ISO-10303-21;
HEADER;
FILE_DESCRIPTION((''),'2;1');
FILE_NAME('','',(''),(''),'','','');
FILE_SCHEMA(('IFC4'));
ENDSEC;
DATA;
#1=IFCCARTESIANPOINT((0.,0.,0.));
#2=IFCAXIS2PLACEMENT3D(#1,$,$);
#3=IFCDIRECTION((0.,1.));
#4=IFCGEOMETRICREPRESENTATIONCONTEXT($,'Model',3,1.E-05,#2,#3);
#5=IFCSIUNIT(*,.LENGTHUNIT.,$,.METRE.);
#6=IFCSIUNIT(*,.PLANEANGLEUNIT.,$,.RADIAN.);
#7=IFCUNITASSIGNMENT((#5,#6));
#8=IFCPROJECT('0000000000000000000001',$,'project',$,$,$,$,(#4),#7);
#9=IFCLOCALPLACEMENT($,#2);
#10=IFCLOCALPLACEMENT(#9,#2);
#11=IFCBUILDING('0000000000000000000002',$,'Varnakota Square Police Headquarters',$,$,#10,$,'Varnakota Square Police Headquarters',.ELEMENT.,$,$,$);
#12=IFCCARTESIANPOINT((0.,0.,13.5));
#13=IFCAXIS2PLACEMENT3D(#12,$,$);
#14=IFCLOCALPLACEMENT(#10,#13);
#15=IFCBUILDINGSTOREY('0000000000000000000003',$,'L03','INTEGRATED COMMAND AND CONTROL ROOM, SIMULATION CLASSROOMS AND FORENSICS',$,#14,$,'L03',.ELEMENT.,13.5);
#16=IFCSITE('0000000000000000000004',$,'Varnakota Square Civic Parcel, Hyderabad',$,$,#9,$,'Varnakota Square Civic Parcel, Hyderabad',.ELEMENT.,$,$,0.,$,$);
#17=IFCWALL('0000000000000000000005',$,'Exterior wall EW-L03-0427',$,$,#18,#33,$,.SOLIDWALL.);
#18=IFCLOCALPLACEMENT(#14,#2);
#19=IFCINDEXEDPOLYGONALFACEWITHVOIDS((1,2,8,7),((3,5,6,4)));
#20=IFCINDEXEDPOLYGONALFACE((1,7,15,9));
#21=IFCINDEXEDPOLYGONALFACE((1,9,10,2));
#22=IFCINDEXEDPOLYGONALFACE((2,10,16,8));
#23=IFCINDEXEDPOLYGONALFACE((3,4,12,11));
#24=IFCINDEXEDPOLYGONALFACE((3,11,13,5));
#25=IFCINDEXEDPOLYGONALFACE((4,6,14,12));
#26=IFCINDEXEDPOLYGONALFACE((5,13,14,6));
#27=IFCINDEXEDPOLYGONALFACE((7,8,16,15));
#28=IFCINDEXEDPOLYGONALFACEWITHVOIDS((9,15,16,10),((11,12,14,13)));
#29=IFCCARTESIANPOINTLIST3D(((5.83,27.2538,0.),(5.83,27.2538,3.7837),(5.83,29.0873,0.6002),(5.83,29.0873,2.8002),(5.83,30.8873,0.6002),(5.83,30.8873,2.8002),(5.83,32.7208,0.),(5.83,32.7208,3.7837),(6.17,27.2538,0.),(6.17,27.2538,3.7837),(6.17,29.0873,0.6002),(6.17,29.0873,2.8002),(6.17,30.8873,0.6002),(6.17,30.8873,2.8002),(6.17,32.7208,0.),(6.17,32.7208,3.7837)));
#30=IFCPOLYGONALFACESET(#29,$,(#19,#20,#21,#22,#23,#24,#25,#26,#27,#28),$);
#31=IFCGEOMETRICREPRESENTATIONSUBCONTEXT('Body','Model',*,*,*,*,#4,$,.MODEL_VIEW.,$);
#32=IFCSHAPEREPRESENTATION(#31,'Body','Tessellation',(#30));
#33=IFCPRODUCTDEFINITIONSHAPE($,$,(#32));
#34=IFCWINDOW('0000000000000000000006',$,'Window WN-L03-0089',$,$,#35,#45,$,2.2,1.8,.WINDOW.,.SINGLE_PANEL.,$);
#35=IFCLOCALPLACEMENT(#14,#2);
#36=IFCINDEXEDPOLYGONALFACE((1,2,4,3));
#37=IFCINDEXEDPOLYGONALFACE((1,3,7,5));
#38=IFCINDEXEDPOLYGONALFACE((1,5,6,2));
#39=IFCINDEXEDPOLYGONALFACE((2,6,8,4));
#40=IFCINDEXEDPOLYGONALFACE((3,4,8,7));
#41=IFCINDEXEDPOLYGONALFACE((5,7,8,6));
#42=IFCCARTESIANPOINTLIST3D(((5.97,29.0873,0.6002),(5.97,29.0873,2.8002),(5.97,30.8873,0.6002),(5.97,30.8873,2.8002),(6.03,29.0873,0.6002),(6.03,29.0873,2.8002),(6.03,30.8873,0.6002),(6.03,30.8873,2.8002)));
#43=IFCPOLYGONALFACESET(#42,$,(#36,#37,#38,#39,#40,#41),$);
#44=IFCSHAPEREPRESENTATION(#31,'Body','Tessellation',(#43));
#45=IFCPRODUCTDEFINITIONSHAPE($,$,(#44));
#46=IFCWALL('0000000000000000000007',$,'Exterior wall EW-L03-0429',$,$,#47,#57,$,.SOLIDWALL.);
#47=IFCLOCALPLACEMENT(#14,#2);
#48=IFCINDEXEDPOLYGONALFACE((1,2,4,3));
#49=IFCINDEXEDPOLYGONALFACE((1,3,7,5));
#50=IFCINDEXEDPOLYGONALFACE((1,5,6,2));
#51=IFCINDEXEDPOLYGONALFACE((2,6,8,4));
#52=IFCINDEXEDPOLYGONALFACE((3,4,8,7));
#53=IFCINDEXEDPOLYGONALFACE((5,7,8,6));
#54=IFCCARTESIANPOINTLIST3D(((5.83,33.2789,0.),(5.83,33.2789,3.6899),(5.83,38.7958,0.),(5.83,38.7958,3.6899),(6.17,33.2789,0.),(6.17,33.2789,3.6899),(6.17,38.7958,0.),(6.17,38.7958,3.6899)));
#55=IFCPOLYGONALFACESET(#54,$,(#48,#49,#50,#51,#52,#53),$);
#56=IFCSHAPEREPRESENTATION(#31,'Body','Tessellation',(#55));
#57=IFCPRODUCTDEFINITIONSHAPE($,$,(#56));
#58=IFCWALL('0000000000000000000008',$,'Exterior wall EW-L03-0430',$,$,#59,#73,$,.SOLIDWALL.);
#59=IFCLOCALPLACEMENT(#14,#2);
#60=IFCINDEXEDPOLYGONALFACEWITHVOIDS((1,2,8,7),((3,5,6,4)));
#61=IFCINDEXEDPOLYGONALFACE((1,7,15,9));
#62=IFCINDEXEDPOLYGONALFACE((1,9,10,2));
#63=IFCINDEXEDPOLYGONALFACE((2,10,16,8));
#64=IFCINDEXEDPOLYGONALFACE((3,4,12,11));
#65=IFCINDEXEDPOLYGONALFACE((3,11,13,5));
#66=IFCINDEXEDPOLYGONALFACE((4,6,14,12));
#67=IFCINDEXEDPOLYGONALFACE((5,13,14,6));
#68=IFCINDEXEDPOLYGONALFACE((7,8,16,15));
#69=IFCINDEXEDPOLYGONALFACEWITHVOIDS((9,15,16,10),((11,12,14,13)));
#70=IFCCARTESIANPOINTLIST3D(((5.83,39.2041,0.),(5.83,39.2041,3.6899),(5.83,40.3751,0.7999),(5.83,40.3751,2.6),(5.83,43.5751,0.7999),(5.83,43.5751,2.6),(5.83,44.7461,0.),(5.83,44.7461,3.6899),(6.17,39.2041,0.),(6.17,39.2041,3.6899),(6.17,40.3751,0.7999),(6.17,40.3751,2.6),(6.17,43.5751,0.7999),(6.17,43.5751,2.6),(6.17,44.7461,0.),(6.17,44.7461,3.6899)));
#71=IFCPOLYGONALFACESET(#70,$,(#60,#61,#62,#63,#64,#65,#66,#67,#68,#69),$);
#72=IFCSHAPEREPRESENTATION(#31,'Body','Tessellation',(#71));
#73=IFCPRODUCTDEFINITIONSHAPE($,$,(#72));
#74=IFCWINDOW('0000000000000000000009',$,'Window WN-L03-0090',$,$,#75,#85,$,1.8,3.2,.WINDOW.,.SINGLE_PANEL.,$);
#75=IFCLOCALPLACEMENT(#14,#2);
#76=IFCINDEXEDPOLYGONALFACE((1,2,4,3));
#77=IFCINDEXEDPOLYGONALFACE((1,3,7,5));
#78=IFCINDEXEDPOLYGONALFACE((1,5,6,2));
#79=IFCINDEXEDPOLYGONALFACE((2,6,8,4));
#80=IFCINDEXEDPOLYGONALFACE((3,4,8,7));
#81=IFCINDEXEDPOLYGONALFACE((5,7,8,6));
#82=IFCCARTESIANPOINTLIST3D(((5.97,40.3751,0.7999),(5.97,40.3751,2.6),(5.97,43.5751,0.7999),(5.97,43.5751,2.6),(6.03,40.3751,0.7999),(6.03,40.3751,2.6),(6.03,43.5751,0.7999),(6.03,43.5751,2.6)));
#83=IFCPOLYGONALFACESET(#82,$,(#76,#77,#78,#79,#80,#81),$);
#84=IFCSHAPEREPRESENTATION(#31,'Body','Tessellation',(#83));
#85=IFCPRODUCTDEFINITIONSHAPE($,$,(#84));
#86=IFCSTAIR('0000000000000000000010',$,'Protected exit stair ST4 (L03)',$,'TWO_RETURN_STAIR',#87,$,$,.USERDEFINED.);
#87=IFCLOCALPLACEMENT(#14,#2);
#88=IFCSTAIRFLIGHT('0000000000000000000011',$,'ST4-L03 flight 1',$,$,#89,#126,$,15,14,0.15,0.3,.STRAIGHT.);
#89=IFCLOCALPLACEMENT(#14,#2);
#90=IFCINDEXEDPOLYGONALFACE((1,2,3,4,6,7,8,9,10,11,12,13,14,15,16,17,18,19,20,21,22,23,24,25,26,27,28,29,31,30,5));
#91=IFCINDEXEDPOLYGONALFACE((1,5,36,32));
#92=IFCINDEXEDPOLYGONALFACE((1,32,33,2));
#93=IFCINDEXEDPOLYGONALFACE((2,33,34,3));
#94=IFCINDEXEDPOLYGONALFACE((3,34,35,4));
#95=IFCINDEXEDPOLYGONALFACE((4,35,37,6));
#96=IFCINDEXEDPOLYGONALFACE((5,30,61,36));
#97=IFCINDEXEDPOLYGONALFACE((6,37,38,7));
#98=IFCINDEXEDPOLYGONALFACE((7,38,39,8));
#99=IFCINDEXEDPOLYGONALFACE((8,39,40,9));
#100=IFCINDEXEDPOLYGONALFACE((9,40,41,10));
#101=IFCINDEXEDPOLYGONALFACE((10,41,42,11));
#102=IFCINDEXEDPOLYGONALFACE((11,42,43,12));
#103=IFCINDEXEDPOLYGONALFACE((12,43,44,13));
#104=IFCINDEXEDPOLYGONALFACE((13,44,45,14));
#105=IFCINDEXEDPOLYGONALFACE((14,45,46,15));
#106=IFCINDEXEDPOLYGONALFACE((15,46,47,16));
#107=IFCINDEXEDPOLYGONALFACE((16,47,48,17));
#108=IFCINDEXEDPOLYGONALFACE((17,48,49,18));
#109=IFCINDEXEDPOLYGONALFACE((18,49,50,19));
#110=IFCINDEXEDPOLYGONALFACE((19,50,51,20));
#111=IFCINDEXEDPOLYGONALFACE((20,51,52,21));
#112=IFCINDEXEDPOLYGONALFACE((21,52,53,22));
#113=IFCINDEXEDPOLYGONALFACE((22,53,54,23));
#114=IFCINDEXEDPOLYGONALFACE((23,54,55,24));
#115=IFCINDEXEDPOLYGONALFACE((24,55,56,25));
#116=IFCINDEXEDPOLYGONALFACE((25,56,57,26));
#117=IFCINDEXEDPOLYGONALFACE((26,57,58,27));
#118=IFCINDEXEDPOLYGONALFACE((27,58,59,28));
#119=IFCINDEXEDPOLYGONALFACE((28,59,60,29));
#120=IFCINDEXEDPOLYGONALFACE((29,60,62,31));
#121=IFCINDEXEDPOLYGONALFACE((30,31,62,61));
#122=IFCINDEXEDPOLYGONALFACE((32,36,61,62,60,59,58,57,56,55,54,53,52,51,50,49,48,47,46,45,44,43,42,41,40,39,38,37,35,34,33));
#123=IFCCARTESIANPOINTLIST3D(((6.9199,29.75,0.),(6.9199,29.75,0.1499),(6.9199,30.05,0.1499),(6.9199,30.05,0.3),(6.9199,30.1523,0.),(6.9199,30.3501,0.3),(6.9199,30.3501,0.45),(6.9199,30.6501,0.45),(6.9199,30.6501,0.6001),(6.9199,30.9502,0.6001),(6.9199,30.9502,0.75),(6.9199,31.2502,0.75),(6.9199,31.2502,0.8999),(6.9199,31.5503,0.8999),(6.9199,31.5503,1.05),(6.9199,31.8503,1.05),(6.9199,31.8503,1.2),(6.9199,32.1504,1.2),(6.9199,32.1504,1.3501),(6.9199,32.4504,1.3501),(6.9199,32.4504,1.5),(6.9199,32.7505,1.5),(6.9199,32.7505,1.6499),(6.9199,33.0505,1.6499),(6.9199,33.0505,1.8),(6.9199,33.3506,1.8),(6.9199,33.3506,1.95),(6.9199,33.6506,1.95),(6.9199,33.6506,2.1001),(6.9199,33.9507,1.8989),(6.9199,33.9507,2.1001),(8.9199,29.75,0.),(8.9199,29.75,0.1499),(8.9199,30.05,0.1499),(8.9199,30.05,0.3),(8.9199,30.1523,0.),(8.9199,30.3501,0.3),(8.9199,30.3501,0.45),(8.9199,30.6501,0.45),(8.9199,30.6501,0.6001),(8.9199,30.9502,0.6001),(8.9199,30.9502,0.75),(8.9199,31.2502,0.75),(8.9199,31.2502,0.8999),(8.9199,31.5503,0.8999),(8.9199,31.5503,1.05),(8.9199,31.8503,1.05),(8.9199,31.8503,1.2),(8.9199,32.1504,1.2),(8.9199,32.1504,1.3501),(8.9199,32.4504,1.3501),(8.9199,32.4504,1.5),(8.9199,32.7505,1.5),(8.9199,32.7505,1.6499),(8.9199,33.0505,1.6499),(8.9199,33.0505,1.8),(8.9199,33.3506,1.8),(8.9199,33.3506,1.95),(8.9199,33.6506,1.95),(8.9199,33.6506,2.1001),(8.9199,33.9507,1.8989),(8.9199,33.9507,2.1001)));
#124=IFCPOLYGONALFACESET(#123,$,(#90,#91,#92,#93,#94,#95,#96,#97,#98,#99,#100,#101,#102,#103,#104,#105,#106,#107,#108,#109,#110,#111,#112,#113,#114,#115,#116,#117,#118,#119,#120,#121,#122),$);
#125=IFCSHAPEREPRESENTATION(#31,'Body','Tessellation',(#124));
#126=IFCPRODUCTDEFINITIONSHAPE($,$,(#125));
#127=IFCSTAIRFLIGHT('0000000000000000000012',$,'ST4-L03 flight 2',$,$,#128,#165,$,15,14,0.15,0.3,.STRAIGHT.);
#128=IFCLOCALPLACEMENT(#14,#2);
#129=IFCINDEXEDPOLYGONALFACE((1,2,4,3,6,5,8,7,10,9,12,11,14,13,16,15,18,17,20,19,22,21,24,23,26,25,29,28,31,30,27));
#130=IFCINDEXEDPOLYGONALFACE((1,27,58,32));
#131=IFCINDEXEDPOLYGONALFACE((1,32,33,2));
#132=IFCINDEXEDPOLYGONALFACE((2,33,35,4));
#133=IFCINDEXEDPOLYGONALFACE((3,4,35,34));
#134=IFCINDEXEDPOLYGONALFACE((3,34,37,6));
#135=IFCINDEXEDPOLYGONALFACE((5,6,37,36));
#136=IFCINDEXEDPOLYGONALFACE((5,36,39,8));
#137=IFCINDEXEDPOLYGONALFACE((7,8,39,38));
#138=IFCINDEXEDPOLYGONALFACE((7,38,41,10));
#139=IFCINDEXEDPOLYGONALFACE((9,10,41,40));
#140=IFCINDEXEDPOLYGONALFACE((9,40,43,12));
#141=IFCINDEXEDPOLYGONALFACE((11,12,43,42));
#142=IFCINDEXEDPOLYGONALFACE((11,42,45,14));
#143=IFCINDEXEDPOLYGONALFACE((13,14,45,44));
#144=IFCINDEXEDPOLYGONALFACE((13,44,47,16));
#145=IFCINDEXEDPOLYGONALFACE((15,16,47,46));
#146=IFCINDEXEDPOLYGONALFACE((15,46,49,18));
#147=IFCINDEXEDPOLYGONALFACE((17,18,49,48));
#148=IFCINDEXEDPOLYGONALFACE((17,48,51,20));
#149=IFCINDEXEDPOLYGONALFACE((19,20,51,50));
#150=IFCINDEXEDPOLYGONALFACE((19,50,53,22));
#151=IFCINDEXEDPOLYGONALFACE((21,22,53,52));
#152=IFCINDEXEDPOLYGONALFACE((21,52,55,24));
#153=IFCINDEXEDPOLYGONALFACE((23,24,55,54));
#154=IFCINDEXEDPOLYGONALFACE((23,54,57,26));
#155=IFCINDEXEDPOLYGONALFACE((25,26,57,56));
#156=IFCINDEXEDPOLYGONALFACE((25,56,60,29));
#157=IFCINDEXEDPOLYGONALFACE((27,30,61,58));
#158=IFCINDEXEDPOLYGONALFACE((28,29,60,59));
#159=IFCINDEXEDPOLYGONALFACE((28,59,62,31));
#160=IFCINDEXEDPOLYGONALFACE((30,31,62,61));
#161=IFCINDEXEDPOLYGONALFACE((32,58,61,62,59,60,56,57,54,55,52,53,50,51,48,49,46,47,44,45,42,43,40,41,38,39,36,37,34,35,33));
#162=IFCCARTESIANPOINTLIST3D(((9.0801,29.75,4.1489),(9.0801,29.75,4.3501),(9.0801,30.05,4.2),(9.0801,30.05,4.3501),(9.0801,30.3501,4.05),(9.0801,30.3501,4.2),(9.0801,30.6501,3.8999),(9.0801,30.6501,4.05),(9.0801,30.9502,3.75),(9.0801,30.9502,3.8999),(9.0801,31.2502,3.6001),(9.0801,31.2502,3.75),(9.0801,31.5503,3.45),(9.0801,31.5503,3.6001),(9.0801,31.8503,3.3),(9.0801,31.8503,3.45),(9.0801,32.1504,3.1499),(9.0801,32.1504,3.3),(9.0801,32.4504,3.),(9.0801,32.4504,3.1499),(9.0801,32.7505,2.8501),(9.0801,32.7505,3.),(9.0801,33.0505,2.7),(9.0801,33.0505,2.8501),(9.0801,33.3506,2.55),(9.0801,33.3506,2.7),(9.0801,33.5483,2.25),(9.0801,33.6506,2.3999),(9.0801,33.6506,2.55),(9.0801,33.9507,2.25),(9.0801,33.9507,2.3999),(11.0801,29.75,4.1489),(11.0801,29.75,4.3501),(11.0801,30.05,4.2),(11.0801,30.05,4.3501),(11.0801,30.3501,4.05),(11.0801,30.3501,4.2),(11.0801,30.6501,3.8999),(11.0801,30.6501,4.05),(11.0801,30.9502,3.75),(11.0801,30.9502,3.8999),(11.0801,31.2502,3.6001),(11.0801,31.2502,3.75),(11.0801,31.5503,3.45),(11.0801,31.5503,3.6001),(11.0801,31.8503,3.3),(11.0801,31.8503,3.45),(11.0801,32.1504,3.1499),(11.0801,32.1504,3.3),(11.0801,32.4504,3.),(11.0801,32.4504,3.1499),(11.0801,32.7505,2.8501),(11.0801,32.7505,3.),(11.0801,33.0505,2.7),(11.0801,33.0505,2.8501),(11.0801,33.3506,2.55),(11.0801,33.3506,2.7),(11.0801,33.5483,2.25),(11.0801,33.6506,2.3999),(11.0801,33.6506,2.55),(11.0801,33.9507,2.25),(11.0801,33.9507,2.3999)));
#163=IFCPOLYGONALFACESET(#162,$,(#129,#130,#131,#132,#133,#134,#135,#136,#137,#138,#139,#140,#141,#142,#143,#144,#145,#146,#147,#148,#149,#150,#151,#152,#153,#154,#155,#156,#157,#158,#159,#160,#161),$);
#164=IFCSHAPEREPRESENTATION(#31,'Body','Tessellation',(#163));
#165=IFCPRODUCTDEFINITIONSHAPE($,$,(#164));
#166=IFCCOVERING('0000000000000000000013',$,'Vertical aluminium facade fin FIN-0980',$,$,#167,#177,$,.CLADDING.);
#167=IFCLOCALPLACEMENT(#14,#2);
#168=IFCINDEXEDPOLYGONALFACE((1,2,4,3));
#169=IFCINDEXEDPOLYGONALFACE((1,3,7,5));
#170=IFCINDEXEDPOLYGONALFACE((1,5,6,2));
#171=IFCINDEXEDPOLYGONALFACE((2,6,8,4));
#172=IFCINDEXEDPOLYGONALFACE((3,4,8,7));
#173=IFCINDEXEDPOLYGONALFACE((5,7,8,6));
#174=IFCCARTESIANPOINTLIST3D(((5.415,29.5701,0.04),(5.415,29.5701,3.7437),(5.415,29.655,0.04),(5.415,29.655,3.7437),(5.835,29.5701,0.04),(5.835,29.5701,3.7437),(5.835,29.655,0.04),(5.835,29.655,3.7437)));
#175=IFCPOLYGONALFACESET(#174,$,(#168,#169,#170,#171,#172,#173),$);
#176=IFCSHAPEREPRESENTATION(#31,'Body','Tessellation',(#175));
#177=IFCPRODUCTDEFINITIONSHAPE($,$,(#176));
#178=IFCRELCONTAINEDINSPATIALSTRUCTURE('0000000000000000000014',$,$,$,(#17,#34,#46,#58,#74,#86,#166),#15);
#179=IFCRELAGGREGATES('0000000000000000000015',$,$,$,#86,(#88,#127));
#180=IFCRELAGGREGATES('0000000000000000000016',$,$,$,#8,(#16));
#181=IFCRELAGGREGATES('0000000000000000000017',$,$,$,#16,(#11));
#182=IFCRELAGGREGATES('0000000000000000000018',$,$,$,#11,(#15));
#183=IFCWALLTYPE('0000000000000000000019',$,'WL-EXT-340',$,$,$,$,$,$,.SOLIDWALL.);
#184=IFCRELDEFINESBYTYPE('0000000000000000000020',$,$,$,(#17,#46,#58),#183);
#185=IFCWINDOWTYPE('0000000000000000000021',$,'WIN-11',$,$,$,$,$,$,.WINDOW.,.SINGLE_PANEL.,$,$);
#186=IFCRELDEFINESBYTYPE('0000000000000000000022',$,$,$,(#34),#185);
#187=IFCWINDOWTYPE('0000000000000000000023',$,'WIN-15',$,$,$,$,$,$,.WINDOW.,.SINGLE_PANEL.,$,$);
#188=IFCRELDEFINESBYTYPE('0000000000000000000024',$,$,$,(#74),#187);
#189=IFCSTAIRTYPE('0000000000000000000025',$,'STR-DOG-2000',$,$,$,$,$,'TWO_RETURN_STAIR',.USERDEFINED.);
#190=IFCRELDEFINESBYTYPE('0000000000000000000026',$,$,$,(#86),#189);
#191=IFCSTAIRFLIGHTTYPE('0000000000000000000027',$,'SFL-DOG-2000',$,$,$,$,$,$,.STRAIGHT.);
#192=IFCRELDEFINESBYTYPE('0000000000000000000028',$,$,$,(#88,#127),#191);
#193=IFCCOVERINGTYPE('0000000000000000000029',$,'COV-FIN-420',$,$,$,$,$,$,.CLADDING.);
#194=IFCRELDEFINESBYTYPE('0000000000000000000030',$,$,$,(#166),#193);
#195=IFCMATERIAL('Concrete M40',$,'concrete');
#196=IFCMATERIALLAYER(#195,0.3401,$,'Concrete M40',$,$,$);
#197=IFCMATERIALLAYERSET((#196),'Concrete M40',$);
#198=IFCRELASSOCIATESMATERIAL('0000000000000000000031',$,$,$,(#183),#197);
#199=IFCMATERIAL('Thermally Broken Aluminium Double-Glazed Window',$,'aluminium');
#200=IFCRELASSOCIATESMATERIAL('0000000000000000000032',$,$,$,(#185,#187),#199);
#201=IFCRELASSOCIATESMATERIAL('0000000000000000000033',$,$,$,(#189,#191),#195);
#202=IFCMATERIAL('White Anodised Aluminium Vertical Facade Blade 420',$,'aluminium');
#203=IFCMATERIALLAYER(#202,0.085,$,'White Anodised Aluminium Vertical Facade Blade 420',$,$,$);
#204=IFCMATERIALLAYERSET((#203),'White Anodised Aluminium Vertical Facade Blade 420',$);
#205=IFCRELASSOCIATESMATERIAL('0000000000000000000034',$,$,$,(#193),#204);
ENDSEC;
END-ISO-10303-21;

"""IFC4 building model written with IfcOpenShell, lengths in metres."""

from ifc_helpers import new_model, si_unit, direction, frame, frame_2d, origin, origin_2d, place, context, subcontext, project, spatial, polyline, rectangle, outline, extrude, material, layer, layer_set, type_object, element, fill, aggregate, save


model = new_model("IFC4")

# Units and contexts
model_context = context("Model", 3, precision=1e-05, world=origin(), true_north=direction((0.0, 1.0)))
body_context = subcontext(model_context, "Body", "Model", "MODEL_VIEW")
ifc_project = project(units=[si_unit("LENGTHUNIT", "METRE"), si_unit("PLANEANGLEUNIT", "RADIAN")], contexts=[model_context])

# Site, building, storey
site_placement = place(None, origin())
site = spatial("IfcSite", under=ifc_project, at=site_placement, Name="Varnakota Square Civic Parcel, Hyderabad", LongName="Varnakota Square Civic Parcel, Hyderabad", CompositionType="ELEMENT", RefElevation=0.0)
building_placement = place(site_placement, origin())
building = spatial("IfcBuilding", under=site, at=building_placement, Name="Varnakota Square Police Headquarters", LongName="Varnakota Square Police Headquarters", CompositionType="ELEMENT")
storey_placement = place(building_placement, frame((0.0, 0.0, 13.5)))
storey = spatial("IfcBuildingStorey", under=building, at=storey_placement, Name="L03", Description="INTEGRATED COMMAND AND CONTROL ROOM, SIMULATION CLASSROOMS AND FORENSICS", LongName="L03", CompositionType="ELEMENT", Elevation=13.5)

# Shared definitions
ifc_material_1 = material(Name="Concrete M40", Category="concrete")

# Wall, opening, window
ifc_layer_1 = layer(ifc_material_1, 0.3401, Name="Concrete M40")
ifc_layer_set_1 = layer_set([ifc_layer_1], Name="Concrete M40")
wall_type_1 = type_object("IfcWallType", Name="WL-EXT-340", PredefinedType="SOLIDWALL", material=ifc_layer_set_1)
wall_1_placement = place(storey_placement, frame((6.0, 27.2539, 0.0), z_axis=(0.0, 0.0, 1.0), x_axis=(0.0, 1.0, 0.0)))
wall_1 = element("IfcWall", 1, at=wall_1_placement, inside=storey, type_object=wall_type_1, Name="Exterior wall EW-L03-0427", PredefinedType="SOLIDWALL", context=body_context, shape_type="SweptSolid", body=[
    extrude(rectangle(XDim=5.467, YDim=0.3401, at=frame_2d((2.7334, 0.0))), origin(), (0.0, 0.0, 1.0), 3.7837),
])
opening_1_placement = place(wall_1_placement, frame((1.8335, 0.0, 0.6001)))
opening_1 = element("IfcOpeningElement", 2, at=opening_1_placement, cuts=wall_1, PredefinedType="OPENING", context=body_context, shape_type="SweptSolid", body=[
    extrude(rectangle(XDim=1.8, YDim=2.2, at=frame_2d((0.8999, 1.1001))), frame((0.0, 0.1799, 0.0), z_axis=(0.0, -1.0, 0.0), x_axis=(1.0, 0.0, 0.0)), (0.0, 0.0, 1.0), 0.3601),
])
ifc_material_2 = material(Name="Thermally Broken Aluminium Double-Glazed Window", Category="aluminium")
window_type_1 = type_object("IfcWindowType", Name="WIN-11", PartitioningType="SINGLE_PANEL", PredefinedType="WINDOW", material=ifc_material_2)
window_1_placement = place(opening_1_placement, origin())
window_1 = element("IfcWindow", 3, at=window_1_placement, inside=storey, type_object=window_type_1, Name="Window WN-L03-0089", OverallHeight=2.2, OverallWidth=1.8, PartitioningType="SINGLE_PANEL", PredefinedType="WINDOW", context=body_context, shape_type="SweptSolid", body=[
    extrude(rectangle(XDim=1.8, YDim=2.2, at=frame_2d((0.8999, 1.1001))), frame((0.0, 0.03, 0.0), z_axis=(0.0, -1.0, 0.0), x_axis=(1.0, 0.0, 0.0)), (0.0, 0.0, 1.0), 0.0601),
])
fill(opening_1, window_1)

# Wall
wall_2_placement = place(storey_placement, frame((6.0, 33.2791, 0.0), z_axis=(0.0, 0.0, 1.0), x_axis=(0.0, 1.0, 0.0)))
element("IfcWall", 4, at=wall_2_placement, inside=storey, type_object=wall_type_1, Name="Exterior wall EW-L03-0429", PredefinedType="SOLIDWALL", context=body_context, shape_type="SweptSolid", body=[
    extrude(rectangle(XDim=5.5168, YDim=0.3401, at=frame_2d((2.7583, 0.0))), origin(), (0.0, 0.0, 1.0), 3.6899),
])

# Wall, opening, window
wall_3_placement = place(storey_placement, frame((6.0, 39.2041, 0.0), z_axis=(0.0, 0.0, 1.0), x_axis=(0.0, 1.0, 0.0)))
wall_3 = element("IfcWall", 5, at=wall_3_placement, inside=storey, type_object=wall_type_1, Name="Exterior wall EW-L03-0430", PredefinedType="SOLIDWALL", context=body_context, shape_type="SweptSolid", body=[
    extrude(rectangle(XDim=5.542, YDim=0.3401, at=frame_2d((2.771, 0.0))), origin(), (0.0, 0.0, 1.0), 3.6899),
])
opening_2_placement = place(wall_3_placement, frame((1.1709, 0.0, 0.8)))
opening_2 = element("IfcOpeningElement", 6, at=opening_2_placement, cuts=wall_3, PredefinedType="OPENING", context=body_context, shape_type="SweptSolid", body=[
    extrude(rectangle(XDim=3.2, YDim=1.8, at=frame_2d((1.6001, 0.8999))), frame((0.0, 0.1799, 0.0), z_axis=(0.0, -1.0, 0.0), x_axis=(1.0, 0.0, 0.0)), (0.0, 0.0, 1.0), 0.3601),
])
window_type_2 = type_object("IfcWindowType", Name="WIN-15", PartitioningType="SINGLE_PANEL", PredefinedType="WINDOW", material=ifc_material_2)
window_2_placement = place(opening_2_placement, origin())
window_2 = element("IfcWindow", 7, at=window_2_placement, inside=storey, type_object=window_type_2, Name="Window WN-L03-0090", OverallHeight=1.8, OverallWidth=3.2, PartitioningType="SINGLE_PANEL", PredefinedType="WINDOW", context=body_context, shape_type="SweptSolid", body=[
    extrude(rectangle(XDim=3.2, YDim=1.8, at=frame_2d((1.6001, 0.8999))), frame((0.0, 0.03, 0.0), z_axis=(0.0, -1.0, 0.0), x_axis=(1.0, 0.0, 0.0)), (0.0, 0.0, 1.0), 0.0601),
])
fill(opening_2, window_2)

# Stair, stair flights
stair_type = type_object("IfcStairType", Name="STR-DOG-2000", ElementType="TWO_RETURN_STAIR", PredefinedType="USERDEFINED", material=ifc_material_1)
stair_placement = place(storey_placement, origin())
stair = element("IfcStair", 8, at=stair_placement, inside=storey, type_object=stair_type, Name="Protected exit stair ST4 (L03)", ObjectType="TWO_RETURN_STAIR", PredefinedType="USERDEFINED")
stair_flight_type = type_object("IfcStairFlightType", Name="SFL-DOG-2000", PredefinedType="STRAIGHT", material=ifc_material_1)
stair_flight_1_placement = place(storey_placement, frame((7.9199, 29.75, 0.0), z_axis=(0.0, 0.0, 1.0), x_axis=(0.0, 1.0, 0.0)))
stair_flight_1 = element("IfcStairFlight", 9, at=stair_flight_1_placement, type_object=stair_flight_type, Name="ST4-L03 flight 1", NumberOfRisers=15, NumberOfTreads=14, PredefinedType="STRAIGHT", RiserHeight=0.15, TreadLength=0.3, context=body_context, shape_type="SweptSolid", body=[
    extrude(outline(polyline([(0.0, 0.0), (0.0, 0.1499), (0.3, 0.1499), (0.3, 0.3), (0.6001, 0.3), (0.6001, 0.45), (0.9001, 0.45), (0.9001, 0.6001), (1.2002, 0.6001), (1.2002, 0.75), (1.5002, 0.75), (1.5002, 0.8999), (1.8003, 0.8999), (1.8003, 1.05), (2.1003, 1.05), (2.1003, 1.2), (2.4004, 1.2), (2.4004, 1.3501), (2.7004, 1.3501), (2.7004, 1.5), (3.0005, 1.5), (3.0005, 1.6499), (3.3005, 1.6499), (3.3005, 1.8), (3.6006, 1.8), (3.6006, 1.95), (3.9006, 1.95), (3.9006, 2.1001), (4.2007, 2.1001), (4.2007, 2.25), (4.2007, 1.8989), (0.4023, 0.0), (0.0, 0.0)])), frame((0.0, 1.0, 0.0), z_axis=(0.0, -1.0, 0.0), x_axis=(1.0, 0.0, 0.0)), (0.0, 0.0, 1.0), 2.0),
])
stair_flight_2_placement = place(storey_placement, frame((10.0801, 33.9507, 2.25), z_axis=(0.0, 0.0, 1.0), x_axis=(0.0, -1.0, 0.0)))
stair_flight_2 = element("IfcStairFlight", 10, at=stair_flight_2_placement, type_object=stair_flight_type, Name="ST4-L03 flight 2", NumberOfRisers=15, NumberOfTreads=14, PredefinedType="STRAIGHT", RiserHeight=0.15, TreadLength=0.3, context=body_context, shape_type="SweptSolid", body=[
    extrude(outline(polyline([(0.0, 0.0), (0.0, 0.1499), (0.3, 0.1499), (0.3, 0.3), (0.6001, 0.3), (0.6001, 0.45), (0.9001, 0.45), (0.9001, 0.6001), (1.2002, 0.6001), (1.2002, 0.75), (1.5002, 0.75), (1.5002, 0.8999), (1.8003, 0.8999), (1.8003, 1.05), (2.1003, 1.05), (2.1003, 1.2), (2.4004, 1.2), (2.4004, 1.3501), (2.7004, 1.3501), (2.7004, 1.5), (3.0005, 1.5), (3.0005, 1.6499), (3.3005, 1.6499), (3.3005, 1.8), (3.6006, 1.8), (3.6006, 1.95), (3.9006, 1.95), (3.9006, 2.1001), (4.2007, 2.1001), (4.2007, 2.25), (4.2007, 1.8989), (0.4023, 0.0), (0.0, 0.0)])), frame((0.0, 1.0, 0.0), z_axis=(0.0, -1.0, 0.0), x_axis=(1.0, 0.0, 0.0)), (0.0, 0.0, 1.0), 2.0),
])
aggregate(stair, [stair_flight_1, stair_flight_2])

# Covering
ifc_material_3 = material(Name="White Anodised Aluminium Vertical Facade Blade 420", Category="aluminium")
ifc_layer_2 = layer(ifc_material_3, 0.085, Name="White Anodised Aluminium Vertical Facade Blade 420")
ifc_layer_set_2 = layer_set([ifc_layer_2], Name="White Anodised Aluminium Vertical Facade Blade 420")
covering_type_1 = type_object("IfcCoveringType", Name="COV-FIN-420", PredefinedType="CLADDING", material=ifc_layer_set_2)
covering_1_placement = place(storey_placement, frame((5.625, 29.6125, 0.04), z_axis=(0.0, 0.0, 1.0), x_axis=(0.0, 1.0, 0.0)))
element("IfcCovering", 11, at=covering_1_placement, inside=storey, type_object=covering_type_1, Name="Vertical aluminium facade fin FIN-0980", PredefinedType="CLADDING", context=body_context, shape_type="SweptSolid", body=[
    extrude(rectangle(XDim=0.085, YDim=0.4199, at=origin_2d()), origin(), (0.0, 0.0, 1.0), 3.7036),
])

save(model, "model.ifc")
